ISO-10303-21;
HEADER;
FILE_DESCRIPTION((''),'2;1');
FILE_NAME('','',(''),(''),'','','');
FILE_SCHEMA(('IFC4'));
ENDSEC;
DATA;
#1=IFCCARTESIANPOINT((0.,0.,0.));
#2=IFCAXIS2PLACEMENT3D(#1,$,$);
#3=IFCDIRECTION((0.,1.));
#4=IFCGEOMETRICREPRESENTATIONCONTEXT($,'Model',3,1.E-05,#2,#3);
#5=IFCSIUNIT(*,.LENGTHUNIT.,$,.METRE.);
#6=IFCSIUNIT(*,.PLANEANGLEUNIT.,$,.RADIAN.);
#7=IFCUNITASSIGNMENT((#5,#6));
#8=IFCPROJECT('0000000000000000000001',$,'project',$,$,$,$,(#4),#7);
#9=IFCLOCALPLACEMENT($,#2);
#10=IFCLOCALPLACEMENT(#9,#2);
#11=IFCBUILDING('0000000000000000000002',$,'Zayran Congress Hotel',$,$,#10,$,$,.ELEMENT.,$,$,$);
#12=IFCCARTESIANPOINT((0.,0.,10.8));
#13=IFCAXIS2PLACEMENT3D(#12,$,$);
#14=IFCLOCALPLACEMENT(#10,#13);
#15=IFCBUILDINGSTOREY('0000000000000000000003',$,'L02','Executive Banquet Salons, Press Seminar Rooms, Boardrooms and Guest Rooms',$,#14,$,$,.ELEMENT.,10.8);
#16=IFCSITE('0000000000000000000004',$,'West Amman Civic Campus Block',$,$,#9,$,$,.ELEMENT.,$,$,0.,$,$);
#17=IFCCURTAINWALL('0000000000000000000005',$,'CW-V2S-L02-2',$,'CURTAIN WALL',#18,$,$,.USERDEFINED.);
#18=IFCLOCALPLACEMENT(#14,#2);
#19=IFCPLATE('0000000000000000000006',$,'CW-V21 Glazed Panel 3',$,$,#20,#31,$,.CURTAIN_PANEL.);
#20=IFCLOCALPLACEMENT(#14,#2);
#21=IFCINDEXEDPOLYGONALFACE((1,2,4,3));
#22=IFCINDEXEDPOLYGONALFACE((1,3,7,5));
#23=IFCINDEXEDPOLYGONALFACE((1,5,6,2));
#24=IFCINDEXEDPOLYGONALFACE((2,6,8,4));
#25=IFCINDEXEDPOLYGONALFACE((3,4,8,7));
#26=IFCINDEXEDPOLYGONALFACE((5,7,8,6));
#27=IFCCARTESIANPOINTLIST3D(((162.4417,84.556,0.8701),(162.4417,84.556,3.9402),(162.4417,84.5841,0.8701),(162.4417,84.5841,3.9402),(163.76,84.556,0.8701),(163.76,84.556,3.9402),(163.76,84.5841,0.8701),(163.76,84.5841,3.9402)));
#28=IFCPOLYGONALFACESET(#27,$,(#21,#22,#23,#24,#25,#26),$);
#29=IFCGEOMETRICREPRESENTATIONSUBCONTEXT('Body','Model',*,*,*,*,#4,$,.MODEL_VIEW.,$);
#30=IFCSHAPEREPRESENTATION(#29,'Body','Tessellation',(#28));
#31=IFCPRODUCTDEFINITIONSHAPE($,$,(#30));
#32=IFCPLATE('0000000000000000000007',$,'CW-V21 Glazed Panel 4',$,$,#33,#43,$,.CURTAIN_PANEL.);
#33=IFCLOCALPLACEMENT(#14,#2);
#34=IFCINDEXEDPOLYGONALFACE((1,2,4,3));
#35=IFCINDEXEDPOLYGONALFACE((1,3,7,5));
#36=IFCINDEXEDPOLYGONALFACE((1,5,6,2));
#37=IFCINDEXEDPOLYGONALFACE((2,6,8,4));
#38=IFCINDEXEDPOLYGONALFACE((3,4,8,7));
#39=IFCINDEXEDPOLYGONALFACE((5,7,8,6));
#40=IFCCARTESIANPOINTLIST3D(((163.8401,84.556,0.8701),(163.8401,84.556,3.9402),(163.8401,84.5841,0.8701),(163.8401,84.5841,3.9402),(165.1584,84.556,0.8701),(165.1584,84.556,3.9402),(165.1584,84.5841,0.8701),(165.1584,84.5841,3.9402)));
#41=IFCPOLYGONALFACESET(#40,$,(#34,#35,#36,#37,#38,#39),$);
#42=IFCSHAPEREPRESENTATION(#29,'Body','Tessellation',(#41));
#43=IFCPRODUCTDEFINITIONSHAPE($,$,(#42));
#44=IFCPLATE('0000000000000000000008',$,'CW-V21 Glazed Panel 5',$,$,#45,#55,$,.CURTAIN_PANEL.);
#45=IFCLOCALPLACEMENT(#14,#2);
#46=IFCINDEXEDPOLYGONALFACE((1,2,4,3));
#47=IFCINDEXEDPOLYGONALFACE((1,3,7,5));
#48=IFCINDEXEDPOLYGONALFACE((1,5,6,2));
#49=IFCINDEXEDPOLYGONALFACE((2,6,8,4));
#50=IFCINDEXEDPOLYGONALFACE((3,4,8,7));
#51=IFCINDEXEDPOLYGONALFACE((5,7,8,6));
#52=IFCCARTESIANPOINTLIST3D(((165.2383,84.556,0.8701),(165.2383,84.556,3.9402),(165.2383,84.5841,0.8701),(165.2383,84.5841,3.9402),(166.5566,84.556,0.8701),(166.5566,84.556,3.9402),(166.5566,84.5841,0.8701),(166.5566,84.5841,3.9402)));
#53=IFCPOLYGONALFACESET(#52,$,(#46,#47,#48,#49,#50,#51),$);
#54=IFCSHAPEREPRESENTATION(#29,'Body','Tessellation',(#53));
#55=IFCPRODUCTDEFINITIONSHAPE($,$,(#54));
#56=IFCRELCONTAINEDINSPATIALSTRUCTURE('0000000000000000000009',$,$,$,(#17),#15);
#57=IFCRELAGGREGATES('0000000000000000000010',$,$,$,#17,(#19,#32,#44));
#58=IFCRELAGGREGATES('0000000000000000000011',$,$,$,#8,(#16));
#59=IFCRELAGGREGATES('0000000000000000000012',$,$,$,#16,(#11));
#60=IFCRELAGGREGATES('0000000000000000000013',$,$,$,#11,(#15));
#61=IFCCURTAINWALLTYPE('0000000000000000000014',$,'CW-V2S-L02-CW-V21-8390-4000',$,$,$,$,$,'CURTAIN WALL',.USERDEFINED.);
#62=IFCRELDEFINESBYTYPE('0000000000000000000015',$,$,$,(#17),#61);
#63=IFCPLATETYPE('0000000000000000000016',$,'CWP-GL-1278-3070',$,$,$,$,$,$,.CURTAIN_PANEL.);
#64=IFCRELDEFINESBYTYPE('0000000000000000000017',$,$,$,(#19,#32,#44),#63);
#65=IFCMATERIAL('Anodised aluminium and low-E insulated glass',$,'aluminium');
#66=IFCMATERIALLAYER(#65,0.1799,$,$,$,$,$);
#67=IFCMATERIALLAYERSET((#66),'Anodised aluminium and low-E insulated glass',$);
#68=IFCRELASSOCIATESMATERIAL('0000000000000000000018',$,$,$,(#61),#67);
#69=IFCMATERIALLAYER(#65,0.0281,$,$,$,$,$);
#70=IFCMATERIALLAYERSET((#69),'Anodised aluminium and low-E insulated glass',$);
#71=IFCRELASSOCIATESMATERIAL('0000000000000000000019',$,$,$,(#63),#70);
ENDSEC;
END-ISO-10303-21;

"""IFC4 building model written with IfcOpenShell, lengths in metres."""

from ifc_helpers import new_model, si_unit, direction, frame, origin, origin_2d, place, context, subcontext, project, spatial, rectangle, extrude, material, layer, layer_set, type_object, element, aggregate, save


model = new_model("IFC4")

# Units and contexts
model_context = context("Model", 3, precision=1e-05, world=origin(), true_north=direction((0.0, 1.0)))
body_context = subcontext(model_context, "Body", "Model", "MODEL_VIEW")
ifc_project = project(units=[si_unit("LENGTHUNIT", "METRE"), si_unit("PLANEANGLEUNIT", "RADIAN")], contexts=[model_context])

# Site, building, storey
site_placement = place(None, origin())
site = spatial("IfcSite", under=ifc_project, at=site_placement, Name="West Amman Civic Campus Block", CompositionType="ELEMENT", RefElevation=0.0)
building_placement = place(site_placement, origin())
building = spatial("IfcBuilding", under=site, at=building_placement, Name="Zayran Congress Hotel", CompositionType="ELEMENT")
storey_placement = place(building_placement, frame((0.0, 0.0, 10.8)))
storey = spatial("IfcBuildingStorey", under=building, at=storey_placement, Name="L02", Description="Executive Banquet Salons, Press Seminar Rooms, Boardrooms and Guest Rooms", CompositionType="ELEMENT", Elevation=10.8)

# Curtain wall, plates
ifc_material_1 = material(Name="Anodised aluminium and low-E insulated glass", Category="aluminium")
ifc_layer_1 = layer(ifc_material_1, 0.1799)
ifc_layer_set_1 = layer_set([ifc_layer_1], Name="Anodised aluminium and low-E insulated glass")
curtain_wall_type = type_object("IfcCurtainWallType", Name="CW-V2S-L02-CW-V21-8390-4000", ElementType="CURTAIN WALL", PredefinedType="USERDEFINED", material=ifc_layer_set_1)
curtain_wall_placement = place(storey_placement, origin())
curtain_wall = element("IfcCurtainWall", 1, at=curtain_wall_placement, inside=storey, type_object=curtain_wall_type, Name="CW-V2S-L02-2", ObjectType="CURTAIN WALL", PredefinedType="USERDEFINED")
ifc_layer_2 = layer(ifc_material_1, 0.0281)
ifc_layer_set_2 = layer_set([ifc_layer_2], Name="Anodised aluminium and low-E insulated glass")
plate_type_1 = type_object("IfcPlateType", Name="CWP-GL-1278-3070", PredefinedType="CURTAIN_PANEL", material=ifc_layer_set_2)
plate_1_placement = place(storey_placement, frame((163.1008, 84.5701, 0.8701), z_axis=(0.0, 0.0, 1.0), x_axis=(1.0, 0.0, 0.0)))
plate_1 = element("IfcPlate", 2, at=plate_1_placement, type_object=plate_type_1, Name="CW-V21 Glazed Panel 3", PredefinedType="CURTAIN_PANEL", context=body_context, shape_type="SweptSolid", body=[
    extrude(rectangle(XDim=1.3184, YDim=0.0281, at=origin_2d()), origin(), (0.0, 0.0, 1.0), 3.0701),
])
plate_2_placement = place(storey_placement, frame((164.4993, 84.5701, 0.8701), z_axis=(0.0, 0.0, 1.0), x_axis=(1.0, 0.0, 0.0)))
plate_2 = element("IfcPlate", 3, at=plate_2_placement, type_object=plate_type_1, Name="CW-V21 Glazed Panel 4", PredefinedType="CURTAIN_PANEL", context=body_context, shape_type="SweptSolid", body=[
    extrude(rectangle(XDim=1.3184, YDim=0.0281, at=origin_2d()), origin(), (0.0, 0.0, 1.0), 3.0701),
])
plate_3_placement = place(storey_placement, frame((165.8975, 84.5701, 0.8701), z_axis=(0.0, 0.0, 1.0), x_axis=(1.0, 0.0, 0.0)))
plate_3 = element("IfcPlate", 4, at=plate_3_placement, type_object=plate_type_1, Name="CW-V21 Glazed Panel 5", PredefinedType="CURTAIN_PANEL", context=body_context, shape_type="SweptSolid", body=[
    extrude(rectangle(XDim=1.3184, YDim=0.0281, at=origin_2d()), origin(), (0.0, 0.0, 1.0), 3.0701),
])
aggregate(curtain_wall, [plate_1, plate_2, plate_3])

save(model, "model.ifc")
